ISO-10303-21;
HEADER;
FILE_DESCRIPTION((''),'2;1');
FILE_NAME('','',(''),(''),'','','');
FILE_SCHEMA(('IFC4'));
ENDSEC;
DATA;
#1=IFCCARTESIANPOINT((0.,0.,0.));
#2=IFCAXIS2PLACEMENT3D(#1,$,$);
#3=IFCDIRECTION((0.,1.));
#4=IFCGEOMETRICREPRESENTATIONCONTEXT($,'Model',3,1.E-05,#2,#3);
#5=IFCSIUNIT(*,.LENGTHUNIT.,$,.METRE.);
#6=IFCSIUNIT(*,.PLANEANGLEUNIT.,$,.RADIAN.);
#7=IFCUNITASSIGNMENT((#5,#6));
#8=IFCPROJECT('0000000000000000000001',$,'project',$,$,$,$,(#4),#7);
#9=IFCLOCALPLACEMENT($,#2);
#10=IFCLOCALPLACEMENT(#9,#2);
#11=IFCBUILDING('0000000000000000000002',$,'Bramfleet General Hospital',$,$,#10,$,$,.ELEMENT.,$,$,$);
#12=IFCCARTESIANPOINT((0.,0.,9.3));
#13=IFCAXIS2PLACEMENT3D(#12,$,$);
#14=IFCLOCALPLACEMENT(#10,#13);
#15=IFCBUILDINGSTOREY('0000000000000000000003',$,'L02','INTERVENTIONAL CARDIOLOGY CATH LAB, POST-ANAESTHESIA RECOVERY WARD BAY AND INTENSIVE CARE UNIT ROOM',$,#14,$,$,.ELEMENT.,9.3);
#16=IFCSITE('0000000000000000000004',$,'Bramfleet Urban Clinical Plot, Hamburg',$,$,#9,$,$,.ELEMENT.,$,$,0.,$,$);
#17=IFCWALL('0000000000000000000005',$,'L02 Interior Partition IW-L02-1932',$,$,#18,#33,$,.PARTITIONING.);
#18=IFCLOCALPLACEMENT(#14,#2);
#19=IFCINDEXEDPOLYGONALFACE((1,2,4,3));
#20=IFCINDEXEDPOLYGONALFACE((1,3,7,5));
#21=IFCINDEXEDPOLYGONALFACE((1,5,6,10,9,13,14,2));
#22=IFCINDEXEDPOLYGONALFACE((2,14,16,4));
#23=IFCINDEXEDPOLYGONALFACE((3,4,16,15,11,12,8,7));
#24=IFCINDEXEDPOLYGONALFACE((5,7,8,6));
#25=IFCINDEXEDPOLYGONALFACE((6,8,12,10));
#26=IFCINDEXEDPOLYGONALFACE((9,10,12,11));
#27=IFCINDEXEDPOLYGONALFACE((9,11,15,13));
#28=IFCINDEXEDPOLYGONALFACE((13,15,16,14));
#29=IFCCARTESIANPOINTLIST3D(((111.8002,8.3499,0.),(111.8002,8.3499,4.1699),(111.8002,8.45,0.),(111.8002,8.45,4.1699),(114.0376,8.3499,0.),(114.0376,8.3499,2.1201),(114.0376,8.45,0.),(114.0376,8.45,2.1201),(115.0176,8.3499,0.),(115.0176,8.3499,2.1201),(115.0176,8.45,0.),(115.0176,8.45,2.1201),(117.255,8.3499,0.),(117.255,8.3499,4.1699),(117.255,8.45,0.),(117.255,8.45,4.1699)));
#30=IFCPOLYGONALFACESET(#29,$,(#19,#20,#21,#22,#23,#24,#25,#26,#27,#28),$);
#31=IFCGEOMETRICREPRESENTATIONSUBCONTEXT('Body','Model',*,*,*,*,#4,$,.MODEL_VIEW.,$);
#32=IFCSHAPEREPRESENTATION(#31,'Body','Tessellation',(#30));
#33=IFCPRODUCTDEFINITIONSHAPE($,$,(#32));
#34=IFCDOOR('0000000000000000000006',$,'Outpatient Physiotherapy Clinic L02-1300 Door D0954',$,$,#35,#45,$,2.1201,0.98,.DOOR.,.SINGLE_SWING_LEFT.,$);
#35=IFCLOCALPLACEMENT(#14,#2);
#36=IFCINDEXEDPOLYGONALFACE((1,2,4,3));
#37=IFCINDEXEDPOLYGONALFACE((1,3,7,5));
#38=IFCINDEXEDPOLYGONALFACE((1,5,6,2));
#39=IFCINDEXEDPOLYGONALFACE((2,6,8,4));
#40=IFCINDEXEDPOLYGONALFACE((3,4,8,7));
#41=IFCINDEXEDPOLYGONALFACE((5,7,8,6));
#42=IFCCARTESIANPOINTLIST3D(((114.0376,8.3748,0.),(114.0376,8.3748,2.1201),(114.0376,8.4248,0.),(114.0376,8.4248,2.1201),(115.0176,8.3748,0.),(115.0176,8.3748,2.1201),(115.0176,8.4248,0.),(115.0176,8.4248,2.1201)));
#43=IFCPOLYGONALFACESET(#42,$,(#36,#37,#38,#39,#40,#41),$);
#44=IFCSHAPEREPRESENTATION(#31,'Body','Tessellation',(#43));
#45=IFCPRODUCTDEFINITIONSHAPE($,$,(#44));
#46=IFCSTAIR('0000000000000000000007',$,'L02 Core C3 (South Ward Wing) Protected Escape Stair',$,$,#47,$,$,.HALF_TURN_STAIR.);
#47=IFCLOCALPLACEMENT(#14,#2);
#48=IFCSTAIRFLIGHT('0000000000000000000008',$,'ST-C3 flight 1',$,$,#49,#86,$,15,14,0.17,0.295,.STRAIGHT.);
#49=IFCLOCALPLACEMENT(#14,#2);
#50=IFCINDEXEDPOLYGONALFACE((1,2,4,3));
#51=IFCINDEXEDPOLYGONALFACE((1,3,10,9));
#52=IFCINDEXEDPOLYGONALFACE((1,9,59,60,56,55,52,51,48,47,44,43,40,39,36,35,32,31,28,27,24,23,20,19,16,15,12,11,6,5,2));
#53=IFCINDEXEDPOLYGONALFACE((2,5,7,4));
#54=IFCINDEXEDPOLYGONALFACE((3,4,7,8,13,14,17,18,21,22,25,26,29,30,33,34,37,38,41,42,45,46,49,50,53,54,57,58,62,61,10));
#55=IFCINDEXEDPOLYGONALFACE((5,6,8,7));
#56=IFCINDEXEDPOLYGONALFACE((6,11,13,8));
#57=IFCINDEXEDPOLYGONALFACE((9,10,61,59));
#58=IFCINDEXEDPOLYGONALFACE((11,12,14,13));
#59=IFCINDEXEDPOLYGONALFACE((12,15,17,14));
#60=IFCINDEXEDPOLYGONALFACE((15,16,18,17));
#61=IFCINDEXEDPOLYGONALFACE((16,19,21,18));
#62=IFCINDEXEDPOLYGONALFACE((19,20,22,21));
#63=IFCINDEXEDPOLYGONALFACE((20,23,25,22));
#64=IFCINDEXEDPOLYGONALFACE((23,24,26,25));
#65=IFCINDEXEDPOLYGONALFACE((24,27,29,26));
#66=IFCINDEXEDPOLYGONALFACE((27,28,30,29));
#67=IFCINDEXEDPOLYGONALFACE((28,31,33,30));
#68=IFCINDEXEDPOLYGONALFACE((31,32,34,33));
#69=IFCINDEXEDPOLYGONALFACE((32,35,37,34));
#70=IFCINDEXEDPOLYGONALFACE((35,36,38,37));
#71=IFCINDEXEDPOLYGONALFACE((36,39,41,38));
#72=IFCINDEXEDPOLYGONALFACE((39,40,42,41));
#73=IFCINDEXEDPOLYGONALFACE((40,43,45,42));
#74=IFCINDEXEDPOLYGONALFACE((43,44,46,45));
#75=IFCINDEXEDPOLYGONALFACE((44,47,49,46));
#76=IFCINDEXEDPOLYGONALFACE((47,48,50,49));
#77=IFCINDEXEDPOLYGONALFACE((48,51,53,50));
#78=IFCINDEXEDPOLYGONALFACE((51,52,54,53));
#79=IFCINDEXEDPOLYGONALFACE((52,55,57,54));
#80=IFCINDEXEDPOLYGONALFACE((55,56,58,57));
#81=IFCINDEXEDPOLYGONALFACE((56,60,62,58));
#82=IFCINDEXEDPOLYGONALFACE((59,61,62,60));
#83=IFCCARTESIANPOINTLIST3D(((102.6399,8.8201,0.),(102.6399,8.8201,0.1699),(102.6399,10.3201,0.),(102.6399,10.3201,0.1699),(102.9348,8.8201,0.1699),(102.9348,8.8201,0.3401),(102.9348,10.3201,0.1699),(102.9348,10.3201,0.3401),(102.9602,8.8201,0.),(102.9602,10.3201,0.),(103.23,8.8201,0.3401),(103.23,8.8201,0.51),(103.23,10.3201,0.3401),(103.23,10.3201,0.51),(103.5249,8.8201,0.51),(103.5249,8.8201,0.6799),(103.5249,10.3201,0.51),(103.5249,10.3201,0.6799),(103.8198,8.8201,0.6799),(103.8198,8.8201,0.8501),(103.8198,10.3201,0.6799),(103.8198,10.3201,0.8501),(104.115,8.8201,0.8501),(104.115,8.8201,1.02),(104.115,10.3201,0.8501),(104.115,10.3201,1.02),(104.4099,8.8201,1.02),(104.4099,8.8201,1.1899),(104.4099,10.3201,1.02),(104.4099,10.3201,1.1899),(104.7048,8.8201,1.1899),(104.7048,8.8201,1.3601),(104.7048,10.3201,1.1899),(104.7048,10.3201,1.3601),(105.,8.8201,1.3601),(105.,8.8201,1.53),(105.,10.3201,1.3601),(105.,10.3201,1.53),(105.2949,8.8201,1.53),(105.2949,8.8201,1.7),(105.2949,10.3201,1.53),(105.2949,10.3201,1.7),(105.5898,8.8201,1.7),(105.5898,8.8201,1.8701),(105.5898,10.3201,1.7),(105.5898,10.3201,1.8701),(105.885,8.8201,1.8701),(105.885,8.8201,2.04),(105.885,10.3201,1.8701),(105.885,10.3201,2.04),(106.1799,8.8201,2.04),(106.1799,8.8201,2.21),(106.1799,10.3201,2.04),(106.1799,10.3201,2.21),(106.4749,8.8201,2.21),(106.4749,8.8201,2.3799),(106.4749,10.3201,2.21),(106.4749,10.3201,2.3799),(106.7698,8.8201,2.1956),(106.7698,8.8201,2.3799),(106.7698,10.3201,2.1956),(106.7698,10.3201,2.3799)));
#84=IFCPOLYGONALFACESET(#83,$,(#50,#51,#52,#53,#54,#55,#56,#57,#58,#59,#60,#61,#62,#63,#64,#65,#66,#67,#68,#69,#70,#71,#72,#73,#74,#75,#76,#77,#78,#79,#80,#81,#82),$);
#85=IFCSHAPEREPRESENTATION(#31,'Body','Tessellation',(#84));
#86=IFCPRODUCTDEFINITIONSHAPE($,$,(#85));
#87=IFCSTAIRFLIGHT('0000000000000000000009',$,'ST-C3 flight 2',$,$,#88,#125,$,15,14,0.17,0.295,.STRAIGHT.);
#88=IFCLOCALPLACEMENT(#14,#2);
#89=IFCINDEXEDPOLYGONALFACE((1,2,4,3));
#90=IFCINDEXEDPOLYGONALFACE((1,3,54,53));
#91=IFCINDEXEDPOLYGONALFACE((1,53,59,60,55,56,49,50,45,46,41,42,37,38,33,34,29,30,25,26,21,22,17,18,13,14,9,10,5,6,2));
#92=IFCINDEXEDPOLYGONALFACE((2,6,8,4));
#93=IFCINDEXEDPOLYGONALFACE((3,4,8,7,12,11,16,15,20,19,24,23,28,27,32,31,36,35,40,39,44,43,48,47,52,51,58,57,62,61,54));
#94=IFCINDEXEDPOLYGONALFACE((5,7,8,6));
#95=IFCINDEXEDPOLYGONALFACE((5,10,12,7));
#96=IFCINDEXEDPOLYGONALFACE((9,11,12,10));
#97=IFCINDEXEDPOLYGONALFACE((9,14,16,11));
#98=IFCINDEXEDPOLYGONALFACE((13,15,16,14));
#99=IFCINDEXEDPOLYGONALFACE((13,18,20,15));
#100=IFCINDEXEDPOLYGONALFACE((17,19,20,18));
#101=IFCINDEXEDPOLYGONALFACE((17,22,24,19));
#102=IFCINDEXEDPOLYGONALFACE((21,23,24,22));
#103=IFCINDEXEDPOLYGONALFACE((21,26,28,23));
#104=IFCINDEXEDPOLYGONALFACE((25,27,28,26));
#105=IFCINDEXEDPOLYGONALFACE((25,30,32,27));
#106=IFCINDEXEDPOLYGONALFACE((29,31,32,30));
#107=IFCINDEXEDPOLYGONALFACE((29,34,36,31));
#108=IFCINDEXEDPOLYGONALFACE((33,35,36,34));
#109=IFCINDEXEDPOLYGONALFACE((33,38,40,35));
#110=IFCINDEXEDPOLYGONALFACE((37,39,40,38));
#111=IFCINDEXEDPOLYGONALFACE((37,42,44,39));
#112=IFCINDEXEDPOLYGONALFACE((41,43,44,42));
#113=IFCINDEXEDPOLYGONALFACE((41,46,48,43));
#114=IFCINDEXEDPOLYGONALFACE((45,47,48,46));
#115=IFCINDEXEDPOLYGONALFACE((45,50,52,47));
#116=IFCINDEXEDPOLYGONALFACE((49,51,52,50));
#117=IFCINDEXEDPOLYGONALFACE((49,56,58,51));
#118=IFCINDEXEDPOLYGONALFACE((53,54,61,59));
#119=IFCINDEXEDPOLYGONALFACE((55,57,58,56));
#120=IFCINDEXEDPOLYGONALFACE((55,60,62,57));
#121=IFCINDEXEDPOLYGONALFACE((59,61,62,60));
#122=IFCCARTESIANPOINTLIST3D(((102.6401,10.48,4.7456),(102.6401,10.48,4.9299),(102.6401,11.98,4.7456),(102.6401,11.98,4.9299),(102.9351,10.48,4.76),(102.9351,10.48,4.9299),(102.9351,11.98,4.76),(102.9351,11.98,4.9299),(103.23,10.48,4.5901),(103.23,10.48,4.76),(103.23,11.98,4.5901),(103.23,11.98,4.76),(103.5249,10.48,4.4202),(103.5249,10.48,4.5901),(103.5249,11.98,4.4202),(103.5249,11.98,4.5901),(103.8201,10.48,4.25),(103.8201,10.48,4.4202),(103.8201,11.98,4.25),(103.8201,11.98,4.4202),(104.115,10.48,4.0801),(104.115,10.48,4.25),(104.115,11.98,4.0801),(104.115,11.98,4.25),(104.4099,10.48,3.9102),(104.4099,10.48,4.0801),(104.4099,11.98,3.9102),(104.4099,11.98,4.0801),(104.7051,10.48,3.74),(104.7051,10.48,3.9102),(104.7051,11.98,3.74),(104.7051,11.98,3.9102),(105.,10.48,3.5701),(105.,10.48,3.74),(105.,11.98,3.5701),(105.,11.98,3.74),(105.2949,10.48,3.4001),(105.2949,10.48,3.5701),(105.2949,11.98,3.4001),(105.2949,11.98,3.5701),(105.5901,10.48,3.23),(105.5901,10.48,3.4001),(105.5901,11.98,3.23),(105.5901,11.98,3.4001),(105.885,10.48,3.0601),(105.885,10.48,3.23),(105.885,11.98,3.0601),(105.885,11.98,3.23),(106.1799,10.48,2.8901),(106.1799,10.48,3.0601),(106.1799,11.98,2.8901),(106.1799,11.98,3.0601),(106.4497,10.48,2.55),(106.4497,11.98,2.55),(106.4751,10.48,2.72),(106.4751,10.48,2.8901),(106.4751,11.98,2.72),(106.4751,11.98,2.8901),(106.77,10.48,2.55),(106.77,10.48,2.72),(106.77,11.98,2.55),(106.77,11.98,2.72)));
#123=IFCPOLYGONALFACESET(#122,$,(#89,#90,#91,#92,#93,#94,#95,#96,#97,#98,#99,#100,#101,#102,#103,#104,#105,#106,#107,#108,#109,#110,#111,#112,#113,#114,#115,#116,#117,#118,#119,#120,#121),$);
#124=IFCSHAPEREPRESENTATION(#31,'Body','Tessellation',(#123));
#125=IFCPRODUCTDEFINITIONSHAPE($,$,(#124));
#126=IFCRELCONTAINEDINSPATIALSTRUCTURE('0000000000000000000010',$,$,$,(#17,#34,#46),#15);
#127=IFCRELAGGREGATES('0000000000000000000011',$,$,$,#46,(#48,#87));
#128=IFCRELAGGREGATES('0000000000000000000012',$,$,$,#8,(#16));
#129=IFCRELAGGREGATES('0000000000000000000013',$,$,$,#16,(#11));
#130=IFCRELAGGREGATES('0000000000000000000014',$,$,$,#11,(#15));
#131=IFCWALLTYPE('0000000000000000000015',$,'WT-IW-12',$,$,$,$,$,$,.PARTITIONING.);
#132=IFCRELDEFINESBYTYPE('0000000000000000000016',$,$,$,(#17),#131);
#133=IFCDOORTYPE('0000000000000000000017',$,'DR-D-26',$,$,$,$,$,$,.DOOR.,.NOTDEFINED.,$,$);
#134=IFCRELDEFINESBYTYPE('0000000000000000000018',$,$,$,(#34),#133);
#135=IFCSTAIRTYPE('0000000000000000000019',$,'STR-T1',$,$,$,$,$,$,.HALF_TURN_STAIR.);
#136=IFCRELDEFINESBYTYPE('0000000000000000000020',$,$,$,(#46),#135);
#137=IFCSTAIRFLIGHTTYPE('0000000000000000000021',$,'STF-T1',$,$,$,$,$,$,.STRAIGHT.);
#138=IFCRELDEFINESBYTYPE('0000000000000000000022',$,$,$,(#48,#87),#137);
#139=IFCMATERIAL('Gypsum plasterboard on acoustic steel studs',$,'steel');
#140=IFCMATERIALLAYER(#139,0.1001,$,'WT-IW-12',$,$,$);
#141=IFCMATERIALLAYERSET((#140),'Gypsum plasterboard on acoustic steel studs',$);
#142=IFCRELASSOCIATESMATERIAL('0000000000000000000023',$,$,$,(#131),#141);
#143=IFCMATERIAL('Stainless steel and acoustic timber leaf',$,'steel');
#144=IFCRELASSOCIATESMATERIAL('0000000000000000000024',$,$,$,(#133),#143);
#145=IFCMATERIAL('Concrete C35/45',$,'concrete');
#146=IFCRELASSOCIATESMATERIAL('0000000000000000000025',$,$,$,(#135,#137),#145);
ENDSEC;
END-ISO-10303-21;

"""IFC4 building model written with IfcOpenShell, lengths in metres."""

from ifc_helpers import new_model, si_unit, direction, frame, frame_2d, origin, place, context, subcontext, project, spatial, polyline, rectangle, outline, extrude, material, layer, layer_set, type_object, element, fill, aggregate, save


model = new_model("IFC4")

# Units and contexts
model_context = context("Model", 3, precision=1e-05, world=origin(), true_north=direction((0.0, 1.0)))
body_context = subcontext(model_context, "Body", "Model", "MODEL_VIEW")
ifc_project = project(units=[si_unit("LENGTHUNIT", "METRE"), si_unit("PLANEANGLEUNIT", "RADIAN")], contexts=[model_context])

# Site, building, storey
site_placement = place(None, origin())
site = spatial("IfcSite", under=ifc_project, at=site_placement, Name="Bramfleet Urban Clinical Plot, Hamburg", CompositionType="ELEMENT", RefElevation=0.0)
building_placement = place(site_placement, origin())
building = spatial("IfcBuilding", under=site, at=building_placement, Name="Bramfleet General Hospital", CompositionType="ELEMENT")
storey_placement = place(building_placement, frame((0.0, 0.0, 9.3)))
storey = spatial("IfcBuildingStorey", under=building, at=storey_placement, Name="L02", Description="INTERVENTIONAL CARDIOLOGY CATH LAB, POST-ANAESTHESIA RECOVERY WARD BAY AND INTENSIVE CARE UNIT ROOM", CompositionType="ELEMENT", Elevation=9.3)

# Shared definitions
ifc_material_1 = material(Name="Concrete C35/45", Category="concrete")

# Wall, opening, door
ifc_material_2 = material(Name="Gypsum plasterboard on acoustic steel studs", Category="steel")
ifc_material_3 = material(Name="Stainless steel and acoustic timber leaf", Category="steel")
ifc_layer_1 = layer(ifc_material_2, 0.1001, Name="WT-IW-12")
ifc_layer_set_1 = layer_set([ifc_layer_1], Name="Gypsum plasterboard on acoustic steel studs")
wall_type_1 = type_object("IfcWallType", Name="WT-IW-12", PredefinedType="PARTITIONING", material=ifc_layer_set_1)
wall_1_placement = place(storey_placement, frame((111.8, 8.3999, 0.0), z_axis=(0.0, 0.0, 1.0), x_axis=(1.0, 0.0, 0.0)))
wall_1 = element("IfcWall", 1, at=wall_1_placement, inside=storey, type_object=wall_type_1, Name="L02 Interior Partition IW-L02-1932", PredefinedType="PARTITIONING", context=body_context, shape_type="SweptSolid", body=[
    extrude(rectangle(XDim=5.4548, YDim=0.1001, at=frame_2d((2.7275, 0.0))), origin(), (0.0, 0.0, 1.0), 4.1699),
])
opening_1_placement = place(wall_1_placement, frame((2.2375, 0.0, 0.0)))
opening_1 = element("IfcOpeningElement", 2, at=opening_1_placement, cuts=wall_1, PredefinedType="OPENING", context=body_context, shape_type="SweptSolid", body=[
    extrude(rectangle(XDim=0.98, YDim=2.1201, at=frame_2d((0.49, 1.0601))), frame((0.0, 0.0601, 0.0), z_axis=(0.0, -1.0, 0.0), x_axis=(1.0, 0.0, 0.0)), (0.0, 0.0, 1.0), 0.1201),
])
door_type_1 = type_object("IfcDoorType", Name="DR-D-26", OperationType="NOTDEFINED", PredefinedType="DOOR", material=ifc_material_3)
door_1_placement = place(opening_1_placement, origin())
door_1 = element("IfcDoor", 3, at=door_1_placement, inside=storey, type_object=door_type_1, Name="Outpatient Physiotherapy Clinic L02-1300 Door D0954", OperationType="SINGLE_SWING_LEFT", OverallHeight=2.1201, OverallWidth=0.98, PredefinedType="DOOR", context=body_context, shape_type="SweptSolid", body=[
    extrude(rectangle(XDim=0.98, YDim=2.1201, at=frame_2d((0.49, 1.0601))), frame((0.0, 0.0249, 0.0), z_axis=(0.0, -1.0, 0.0), x_axis=(1.0, 0.0, 0.0)), (0.0, 0.0, 1.0), 0.05),
])
fill(opening_1, door_1)

# Stair, stair flights
stair_type = type_object("IfcStairType", Name="STR-T1", PredefinedType="HALF_TURN_STAIR", material=ifc_material_1)
stair_placement = place(storey_placement, origin())
stair = element("IfcStair", 4, at=stair_placement, inside=storey, type_object=stair_type, Name="L02 Core C3 (South Ward Wing) Protected Escape Stair", PredefinedType="HALF_TURN_STAIR")
stair_flight_type = type_object("IfcStairFlightType", Name="STF-T1", PredefinedType="STRAIGHT", material=ifc_material_1)
stair_flight_1_placement = place(storey_placement, frame((102.6399, 9.5701, 0.0), z_axis=(0.0, 0.0, 1.0), x_axis=(1.0, 0.0, 0.0)))
stair_flight_1 = element("IfcStairFlight", 5, at=stair_flight_1_placement, type_object=stair_flight_type, Name="ST-C3 flight 1", NumberOfRisers=15, NumberOfTreads=14, PredefinedType="STRAIGHT", RiserHeight=0.17, TreadLength=0.295, context=body_context, shape_type="SweptSolid", body=[
    extrude(outline(polyline([(0.0, 0.0), (0.0, 0.1699), (0.2949, 0.1699), (0.2949, 0.3401), (0.5901, 0.3401), (0.5901, 0.51), (0.885, 0.51), (0.885, 0.6799), (1.1799, 0.6799), (1.1799, 0.8501), (1.4751, 0.8501), (1.4751, 1.02), (1.77, 1.02), (1.77, 1.1899), (2.0649, 1.1899), (2.0649, 1.3601), (2.3601, 1.3601), (2.3601, 1.53), (2.655, 1.53), (2.655, 1.7), (2.95, 1.7), (2.95, 1.8701), (3.2451, 1.8701), (3.2451, 2.04), (3.54, 2.04), (3.54, 2.21), (3.835, 2.21), (3.835, 2.3799), (4.1299, 2.3799), (4.1299, 2.55), (4.1299, 2.1956), (0.3203, 0.0), (0.0, 0.0)])), frame((0.0, 0.75, 0.0), z_axis=(0.0, -1.0, 0.0), x_axis=(1.0, 0.0, 0.0)), (0.0, 0.0, 1.0), 1.5),
])
stair_flight_2_placement = place(storey_placement, frame((106.77, 11.23, 2.55), z_axis=(0.0, 0.0, 1.0), x_axis=(-1.0, 0.0, 0.0)))
stair_flight_2 = element("IfcStairFlight", 6, at=stair_flight_2_placement, type_object=stair_flight_type, Name="ST-C3 flight 2", NumberOfRisers=15, NumberOfTreads=14, PredefinedType="STRAIGHT", RiserHeight=0.17, TreadLength=0.295, context=body_context, shape_type="SweptSolid", body=[
    extrude(outline(polyline([(0.0, 0.0), (0.0, 0.1699), (0.2949, 0.1699), (0.2949, 0.3401), (0.5901, 0.3401), (0.5901, 0.51), (0.885, 0.51), (0.885, 0.6799), (1.1799, 0.6799), (1.1799, 0.8501), (1.4751, 0.8501), (1.4751, 1.02), (1.77, 1.02), (1.77, 1.1899), (2.0649, 1.1899), (2.0649, 1.3601), (2.3601, 1.3601), (2.3601, 1.53), (2.655, 1.53), (2.655, 1.7), (2.95, 1.7), (2.95, 1.8701), (3.2451, 1.8701), (3.2451, 2.04), (3.54, 2.04), (3.54, 2.21), (3.835, 2.21), (3.835, 2.3799), (4.1299, 2.3799), (4.1299, 2.55), (4.1299, 2.1956), (0.3203, 0.0), (0.0, 0.0)])), frame((0.0, 0.75, 0.0), z_axis=(0.0, -1.0, 0.0), x_axis=(1.0, 0.0, 0.0)), (0.0, 0.0, 1.0), 1.5),
])
aggregate(stair, [stair_flight_1, stair_flight_2])

save(model, "model.ifc")
